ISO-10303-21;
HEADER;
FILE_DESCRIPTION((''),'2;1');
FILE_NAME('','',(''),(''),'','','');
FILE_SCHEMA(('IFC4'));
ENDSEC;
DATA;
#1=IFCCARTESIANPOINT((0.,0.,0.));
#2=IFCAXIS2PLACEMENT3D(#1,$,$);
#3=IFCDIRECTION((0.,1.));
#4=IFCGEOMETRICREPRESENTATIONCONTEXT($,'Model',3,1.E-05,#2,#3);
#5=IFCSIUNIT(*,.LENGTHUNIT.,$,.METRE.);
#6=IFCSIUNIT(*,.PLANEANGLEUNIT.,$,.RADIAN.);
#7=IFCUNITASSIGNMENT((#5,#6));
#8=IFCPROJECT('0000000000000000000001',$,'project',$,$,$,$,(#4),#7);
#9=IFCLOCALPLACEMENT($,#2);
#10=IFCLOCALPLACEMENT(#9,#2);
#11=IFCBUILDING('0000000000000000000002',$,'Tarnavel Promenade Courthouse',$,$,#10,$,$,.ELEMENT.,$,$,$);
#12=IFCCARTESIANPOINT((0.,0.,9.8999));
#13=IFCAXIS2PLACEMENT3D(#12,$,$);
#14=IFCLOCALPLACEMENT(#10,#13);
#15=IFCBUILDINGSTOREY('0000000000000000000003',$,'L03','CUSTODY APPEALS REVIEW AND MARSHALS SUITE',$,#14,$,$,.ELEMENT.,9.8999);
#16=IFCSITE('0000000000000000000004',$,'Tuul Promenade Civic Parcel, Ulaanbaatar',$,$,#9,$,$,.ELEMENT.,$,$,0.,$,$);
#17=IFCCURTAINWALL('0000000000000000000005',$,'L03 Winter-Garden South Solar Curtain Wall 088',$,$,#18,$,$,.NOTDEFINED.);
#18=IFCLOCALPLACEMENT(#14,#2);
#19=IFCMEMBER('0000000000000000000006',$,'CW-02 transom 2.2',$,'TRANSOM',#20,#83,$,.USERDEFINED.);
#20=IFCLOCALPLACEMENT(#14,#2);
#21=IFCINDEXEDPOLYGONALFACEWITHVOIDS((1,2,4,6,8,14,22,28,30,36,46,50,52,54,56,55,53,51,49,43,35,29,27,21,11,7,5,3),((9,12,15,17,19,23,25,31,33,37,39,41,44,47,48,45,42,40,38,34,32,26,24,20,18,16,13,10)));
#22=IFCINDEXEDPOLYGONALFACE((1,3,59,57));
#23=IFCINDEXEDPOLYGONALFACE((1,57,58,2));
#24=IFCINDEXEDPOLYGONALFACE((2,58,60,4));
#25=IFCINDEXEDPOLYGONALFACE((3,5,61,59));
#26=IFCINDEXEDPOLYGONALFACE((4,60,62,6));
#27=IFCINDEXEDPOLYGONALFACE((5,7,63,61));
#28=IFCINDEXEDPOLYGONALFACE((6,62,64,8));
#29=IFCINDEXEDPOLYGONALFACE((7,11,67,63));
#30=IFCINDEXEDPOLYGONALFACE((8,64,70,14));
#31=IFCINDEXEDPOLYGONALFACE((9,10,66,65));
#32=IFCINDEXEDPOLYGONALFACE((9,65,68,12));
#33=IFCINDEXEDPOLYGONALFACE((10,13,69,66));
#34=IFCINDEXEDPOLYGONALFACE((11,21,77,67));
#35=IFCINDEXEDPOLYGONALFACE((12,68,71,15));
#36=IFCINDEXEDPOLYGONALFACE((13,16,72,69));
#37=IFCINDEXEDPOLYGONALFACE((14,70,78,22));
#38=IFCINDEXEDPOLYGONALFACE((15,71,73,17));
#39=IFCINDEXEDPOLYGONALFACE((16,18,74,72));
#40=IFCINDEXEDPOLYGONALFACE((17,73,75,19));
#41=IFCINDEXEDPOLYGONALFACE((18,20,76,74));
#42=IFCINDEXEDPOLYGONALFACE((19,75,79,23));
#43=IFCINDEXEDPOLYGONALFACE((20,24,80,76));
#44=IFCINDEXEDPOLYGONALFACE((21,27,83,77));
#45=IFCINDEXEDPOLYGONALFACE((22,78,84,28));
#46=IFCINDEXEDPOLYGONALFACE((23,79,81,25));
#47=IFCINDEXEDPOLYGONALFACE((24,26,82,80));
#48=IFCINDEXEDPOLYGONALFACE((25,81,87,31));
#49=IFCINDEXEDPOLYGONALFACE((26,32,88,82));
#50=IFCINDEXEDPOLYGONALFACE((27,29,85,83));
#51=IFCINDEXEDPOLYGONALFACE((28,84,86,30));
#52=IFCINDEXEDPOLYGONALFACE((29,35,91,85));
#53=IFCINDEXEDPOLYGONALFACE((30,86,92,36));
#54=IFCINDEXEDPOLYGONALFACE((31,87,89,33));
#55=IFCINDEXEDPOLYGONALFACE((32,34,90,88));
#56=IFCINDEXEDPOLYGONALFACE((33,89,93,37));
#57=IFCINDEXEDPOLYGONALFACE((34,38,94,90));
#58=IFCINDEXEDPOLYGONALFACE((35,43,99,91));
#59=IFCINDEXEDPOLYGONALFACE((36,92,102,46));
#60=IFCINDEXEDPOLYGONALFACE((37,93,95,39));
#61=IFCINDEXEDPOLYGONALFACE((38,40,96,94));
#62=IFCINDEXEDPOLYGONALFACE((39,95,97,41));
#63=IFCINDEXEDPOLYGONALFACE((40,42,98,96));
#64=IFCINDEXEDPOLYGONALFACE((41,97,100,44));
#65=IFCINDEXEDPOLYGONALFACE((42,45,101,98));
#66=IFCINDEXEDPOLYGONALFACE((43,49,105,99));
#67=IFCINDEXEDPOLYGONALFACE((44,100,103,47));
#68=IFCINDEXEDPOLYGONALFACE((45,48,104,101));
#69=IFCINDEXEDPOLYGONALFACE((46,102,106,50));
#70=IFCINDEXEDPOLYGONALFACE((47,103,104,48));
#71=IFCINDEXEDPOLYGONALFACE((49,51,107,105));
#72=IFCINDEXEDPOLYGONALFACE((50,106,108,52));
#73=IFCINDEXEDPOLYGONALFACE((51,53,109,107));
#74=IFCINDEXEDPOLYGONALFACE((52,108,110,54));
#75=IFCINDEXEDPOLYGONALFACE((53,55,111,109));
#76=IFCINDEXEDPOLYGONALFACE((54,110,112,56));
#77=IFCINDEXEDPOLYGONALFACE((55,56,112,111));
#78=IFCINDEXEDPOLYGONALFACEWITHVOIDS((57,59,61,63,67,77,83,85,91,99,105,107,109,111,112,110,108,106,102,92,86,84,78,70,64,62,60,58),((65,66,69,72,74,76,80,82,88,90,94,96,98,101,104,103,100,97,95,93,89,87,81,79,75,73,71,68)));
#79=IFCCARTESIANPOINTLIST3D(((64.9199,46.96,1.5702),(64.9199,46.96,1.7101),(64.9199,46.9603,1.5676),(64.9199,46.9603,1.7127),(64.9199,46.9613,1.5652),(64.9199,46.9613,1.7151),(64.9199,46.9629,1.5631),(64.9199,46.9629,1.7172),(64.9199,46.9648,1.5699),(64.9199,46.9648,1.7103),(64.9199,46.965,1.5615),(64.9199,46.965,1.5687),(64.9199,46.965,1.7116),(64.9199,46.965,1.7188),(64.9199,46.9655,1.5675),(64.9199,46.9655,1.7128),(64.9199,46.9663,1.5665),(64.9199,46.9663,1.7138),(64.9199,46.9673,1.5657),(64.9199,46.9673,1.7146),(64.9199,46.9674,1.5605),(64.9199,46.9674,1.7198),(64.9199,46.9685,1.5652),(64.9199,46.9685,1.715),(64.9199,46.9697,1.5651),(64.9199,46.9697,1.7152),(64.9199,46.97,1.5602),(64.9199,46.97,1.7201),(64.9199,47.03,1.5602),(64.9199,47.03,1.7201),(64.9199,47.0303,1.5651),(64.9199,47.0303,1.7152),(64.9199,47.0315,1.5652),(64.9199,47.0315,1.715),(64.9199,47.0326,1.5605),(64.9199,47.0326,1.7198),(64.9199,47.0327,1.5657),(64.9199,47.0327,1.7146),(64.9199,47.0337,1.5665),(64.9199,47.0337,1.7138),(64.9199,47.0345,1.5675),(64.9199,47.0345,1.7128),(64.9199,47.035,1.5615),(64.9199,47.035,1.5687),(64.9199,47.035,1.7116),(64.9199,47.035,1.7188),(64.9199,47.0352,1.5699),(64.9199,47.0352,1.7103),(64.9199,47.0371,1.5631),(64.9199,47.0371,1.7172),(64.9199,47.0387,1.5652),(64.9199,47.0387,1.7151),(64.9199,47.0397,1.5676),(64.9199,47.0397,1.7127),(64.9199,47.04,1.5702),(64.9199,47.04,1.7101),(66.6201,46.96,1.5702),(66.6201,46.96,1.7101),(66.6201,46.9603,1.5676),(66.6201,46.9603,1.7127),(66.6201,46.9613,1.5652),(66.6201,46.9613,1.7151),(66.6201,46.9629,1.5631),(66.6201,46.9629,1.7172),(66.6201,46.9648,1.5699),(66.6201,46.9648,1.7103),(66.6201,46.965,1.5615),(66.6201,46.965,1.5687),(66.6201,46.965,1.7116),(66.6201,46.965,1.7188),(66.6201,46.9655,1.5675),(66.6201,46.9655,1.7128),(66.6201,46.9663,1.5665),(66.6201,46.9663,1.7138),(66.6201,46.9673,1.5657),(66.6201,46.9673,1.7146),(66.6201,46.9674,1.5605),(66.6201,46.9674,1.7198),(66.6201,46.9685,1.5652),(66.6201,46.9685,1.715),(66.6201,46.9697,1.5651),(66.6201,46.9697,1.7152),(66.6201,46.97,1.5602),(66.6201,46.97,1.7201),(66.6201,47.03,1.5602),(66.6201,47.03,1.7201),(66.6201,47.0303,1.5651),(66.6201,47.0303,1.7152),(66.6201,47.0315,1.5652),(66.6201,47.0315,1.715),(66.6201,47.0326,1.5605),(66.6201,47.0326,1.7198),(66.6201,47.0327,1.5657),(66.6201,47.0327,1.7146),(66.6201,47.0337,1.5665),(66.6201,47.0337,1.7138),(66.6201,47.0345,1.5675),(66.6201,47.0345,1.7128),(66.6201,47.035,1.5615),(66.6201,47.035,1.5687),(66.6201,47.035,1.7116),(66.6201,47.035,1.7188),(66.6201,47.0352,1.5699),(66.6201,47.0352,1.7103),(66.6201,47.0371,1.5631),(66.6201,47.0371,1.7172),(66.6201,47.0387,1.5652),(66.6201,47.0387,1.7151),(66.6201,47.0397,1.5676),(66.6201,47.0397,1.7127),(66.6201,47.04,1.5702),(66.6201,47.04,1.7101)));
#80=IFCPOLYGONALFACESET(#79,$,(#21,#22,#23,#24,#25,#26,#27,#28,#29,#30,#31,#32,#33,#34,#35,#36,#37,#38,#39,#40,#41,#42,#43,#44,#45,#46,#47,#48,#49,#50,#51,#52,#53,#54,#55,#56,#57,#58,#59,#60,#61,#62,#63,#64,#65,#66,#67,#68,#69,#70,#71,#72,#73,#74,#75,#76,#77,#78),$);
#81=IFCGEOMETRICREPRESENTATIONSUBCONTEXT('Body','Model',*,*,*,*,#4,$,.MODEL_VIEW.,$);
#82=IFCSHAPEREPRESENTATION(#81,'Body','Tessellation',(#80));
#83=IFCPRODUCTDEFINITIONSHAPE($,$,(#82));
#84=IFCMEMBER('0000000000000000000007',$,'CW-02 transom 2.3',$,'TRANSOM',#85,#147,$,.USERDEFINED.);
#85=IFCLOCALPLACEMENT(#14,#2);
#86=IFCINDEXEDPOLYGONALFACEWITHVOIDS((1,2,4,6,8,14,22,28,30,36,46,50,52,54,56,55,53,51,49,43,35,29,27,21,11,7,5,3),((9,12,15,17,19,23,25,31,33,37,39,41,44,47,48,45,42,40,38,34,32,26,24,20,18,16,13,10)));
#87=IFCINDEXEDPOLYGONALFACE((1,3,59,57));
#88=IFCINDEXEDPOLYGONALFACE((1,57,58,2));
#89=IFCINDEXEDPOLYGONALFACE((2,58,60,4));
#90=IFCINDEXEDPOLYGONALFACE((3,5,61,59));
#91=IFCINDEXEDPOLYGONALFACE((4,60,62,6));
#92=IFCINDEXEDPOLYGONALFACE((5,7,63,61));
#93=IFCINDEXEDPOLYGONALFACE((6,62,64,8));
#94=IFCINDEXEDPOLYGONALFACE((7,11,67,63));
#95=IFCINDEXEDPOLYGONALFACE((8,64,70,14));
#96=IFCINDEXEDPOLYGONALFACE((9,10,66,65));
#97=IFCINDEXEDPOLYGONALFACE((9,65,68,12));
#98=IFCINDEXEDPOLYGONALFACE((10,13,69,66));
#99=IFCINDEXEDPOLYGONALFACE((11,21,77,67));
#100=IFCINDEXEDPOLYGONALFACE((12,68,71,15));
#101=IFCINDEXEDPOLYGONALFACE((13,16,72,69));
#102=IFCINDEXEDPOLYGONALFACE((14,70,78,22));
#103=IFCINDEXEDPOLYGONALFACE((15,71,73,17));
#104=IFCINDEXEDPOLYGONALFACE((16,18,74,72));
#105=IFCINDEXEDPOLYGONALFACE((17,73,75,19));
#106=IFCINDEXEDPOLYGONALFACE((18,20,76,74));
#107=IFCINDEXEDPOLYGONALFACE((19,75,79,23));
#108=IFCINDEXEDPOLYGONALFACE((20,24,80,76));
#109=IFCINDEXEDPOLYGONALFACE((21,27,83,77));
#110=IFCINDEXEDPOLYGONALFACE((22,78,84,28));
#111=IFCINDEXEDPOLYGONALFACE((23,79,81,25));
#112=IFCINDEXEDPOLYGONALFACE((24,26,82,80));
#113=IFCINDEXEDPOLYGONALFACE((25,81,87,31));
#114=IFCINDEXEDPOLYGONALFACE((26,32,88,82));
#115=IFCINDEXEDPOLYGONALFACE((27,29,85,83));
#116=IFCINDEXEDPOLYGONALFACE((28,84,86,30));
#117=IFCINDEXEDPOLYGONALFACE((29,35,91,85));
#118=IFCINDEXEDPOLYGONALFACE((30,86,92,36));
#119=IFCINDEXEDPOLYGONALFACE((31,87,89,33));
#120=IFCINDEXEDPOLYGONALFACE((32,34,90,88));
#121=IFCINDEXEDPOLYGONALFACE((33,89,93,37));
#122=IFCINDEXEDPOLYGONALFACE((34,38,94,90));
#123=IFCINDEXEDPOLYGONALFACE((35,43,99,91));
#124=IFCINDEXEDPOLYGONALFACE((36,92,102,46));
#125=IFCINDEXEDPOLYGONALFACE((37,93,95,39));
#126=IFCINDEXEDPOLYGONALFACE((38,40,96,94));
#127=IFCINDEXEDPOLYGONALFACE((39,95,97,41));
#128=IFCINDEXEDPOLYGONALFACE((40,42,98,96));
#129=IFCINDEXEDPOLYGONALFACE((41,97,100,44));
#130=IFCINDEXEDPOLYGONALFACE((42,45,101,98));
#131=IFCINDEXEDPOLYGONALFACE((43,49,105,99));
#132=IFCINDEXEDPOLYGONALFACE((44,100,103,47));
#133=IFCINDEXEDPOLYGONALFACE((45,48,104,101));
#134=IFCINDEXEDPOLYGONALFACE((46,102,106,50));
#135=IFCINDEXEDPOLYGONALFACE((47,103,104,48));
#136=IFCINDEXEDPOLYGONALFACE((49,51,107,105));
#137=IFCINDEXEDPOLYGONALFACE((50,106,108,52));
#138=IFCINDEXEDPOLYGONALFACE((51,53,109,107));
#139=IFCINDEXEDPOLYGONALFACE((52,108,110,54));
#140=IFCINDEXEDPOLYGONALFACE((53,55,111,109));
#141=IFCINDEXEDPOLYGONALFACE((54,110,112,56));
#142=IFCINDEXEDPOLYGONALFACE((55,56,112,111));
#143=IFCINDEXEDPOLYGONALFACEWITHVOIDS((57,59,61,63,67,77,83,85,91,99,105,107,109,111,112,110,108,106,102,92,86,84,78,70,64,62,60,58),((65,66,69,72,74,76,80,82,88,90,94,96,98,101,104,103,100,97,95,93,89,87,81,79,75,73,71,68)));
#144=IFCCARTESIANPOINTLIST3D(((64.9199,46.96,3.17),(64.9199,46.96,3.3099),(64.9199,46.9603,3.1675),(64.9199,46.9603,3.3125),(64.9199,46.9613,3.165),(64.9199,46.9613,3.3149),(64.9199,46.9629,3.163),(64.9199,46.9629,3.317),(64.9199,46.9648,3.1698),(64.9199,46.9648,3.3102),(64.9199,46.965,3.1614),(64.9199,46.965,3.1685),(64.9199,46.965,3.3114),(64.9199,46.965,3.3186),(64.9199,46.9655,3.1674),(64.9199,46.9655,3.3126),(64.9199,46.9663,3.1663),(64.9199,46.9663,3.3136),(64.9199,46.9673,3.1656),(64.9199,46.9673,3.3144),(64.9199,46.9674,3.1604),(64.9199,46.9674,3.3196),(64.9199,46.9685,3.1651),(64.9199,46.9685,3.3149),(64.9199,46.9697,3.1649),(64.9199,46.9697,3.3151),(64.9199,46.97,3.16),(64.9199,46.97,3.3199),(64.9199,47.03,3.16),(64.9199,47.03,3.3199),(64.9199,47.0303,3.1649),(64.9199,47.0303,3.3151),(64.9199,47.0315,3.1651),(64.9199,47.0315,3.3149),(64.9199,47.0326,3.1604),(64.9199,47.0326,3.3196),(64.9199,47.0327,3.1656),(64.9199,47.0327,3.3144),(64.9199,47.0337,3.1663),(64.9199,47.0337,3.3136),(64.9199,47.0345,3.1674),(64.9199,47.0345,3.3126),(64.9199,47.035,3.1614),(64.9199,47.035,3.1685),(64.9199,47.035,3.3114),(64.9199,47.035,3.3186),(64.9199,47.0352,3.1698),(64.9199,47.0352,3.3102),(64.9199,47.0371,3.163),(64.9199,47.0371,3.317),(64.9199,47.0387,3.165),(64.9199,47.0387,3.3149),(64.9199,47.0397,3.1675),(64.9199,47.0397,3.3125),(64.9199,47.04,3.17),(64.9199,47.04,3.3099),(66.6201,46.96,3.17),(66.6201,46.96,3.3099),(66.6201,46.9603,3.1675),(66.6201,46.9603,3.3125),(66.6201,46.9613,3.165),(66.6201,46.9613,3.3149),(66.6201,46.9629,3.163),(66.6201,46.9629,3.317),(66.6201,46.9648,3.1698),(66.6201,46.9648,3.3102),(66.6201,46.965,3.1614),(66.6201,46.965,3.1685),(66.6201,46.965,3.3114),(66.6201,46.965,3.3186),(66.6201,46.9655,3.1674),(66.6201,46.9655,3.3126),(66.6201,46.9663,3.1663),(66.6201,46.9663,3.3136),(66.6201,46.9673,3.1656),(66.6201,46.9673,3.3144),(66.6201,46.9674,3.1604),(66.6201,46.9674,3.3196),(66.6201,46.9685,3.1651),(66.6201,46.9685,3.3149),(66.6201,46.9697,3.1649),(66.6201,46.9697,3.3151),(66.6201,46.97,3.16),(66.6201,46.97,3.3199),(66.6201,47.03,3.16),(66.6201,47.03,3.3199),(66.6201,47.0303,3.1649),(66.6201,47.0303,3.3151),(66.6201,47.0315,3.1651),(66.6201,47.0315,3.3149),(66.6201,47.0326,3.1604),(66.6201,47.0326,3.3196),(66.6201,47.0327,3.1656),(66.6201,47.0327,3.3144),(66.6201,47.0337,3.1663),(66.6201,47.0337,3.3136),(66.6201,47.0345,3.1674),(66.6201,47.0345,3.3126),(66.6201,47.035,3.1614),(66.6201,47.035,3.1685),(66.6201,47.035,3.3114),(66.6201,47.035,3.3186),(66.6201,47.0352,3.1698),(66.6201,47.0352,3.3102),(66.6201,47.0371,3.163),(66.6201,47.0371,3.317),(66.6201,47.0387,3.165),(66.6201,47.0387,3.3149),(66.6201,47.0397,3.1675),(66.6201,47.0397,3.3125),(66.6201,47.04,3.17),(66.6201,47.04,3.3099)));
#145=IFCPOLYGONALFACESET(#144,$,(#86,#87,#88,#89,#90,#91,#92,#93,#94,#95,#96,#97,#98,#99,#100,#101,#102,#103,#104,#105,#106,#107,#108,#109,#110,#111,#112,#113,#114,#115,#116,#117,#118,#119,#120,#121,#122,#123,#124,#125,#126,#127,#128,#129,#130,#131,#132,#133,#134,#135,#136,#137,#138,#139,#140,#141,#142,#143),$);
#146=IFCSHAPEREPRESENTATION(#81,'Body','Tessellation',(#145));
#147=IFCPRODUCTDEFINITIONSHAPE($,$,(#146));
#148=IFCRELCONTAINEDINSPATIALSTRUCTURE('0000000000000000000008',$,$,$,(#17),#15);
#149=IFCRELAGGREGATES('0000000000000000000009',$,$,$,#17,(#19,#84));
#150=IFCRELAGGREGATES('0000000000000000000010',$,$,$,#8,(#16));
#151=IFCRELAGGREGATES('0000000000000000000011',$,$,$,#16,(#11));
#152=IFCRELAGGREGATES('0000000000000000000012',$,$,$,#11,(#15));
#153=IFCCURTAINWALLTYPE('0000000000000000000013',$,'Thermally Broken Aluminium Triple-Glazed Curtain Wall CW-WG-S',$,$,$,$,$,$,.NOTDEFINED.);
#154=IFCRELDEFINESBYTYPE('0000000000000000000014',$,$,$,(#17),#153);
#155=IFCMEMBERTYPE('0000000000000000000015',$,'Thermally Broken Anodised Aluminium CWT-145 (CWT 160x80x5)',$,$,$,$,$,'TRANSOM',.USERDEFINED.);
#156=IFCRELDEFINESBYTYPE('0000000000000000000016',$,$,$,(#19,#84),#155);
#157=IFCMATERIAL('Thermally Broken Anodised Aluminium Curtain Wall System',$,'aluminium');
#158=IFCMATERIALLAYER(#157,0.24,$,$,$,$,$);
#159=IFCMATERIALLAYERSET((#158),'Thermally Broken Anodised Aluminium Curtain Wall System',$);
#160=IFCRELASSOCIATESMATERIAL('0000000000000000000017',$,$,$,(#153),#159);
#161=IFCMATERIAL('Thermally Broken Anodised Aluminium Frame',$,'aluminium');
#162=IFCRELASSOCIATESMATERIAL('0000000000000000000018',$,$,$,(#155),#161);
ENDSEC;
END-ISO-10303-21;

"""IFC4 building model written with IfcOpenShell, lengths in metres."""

from ifc_helpers import new_model, si_unit, direction, frame, origin, origin_2d, place, context, subcontext, project, spatial, hollow_rectangle, extrude, material, layer, layer_set, material_profile, profile_set, type_object, element, aggregate, save


model = new_model("IFC4")

# Units and contexts
model_context = context("Model", 3, precision=1e-05, world=origin(), true_north=direction((0.0, 1.0)))
body_context = subcontext(model_context, "Body", "Model", "MODEL_VIEW")
ifc_project = project(units=[si_unit("LENGTHUNIT", "METRE"), si_unit("PLANEANGLEUNIT", "RADIAN")], contexts=[model_context])

# Site, building, storey
site_placement = place(None, origin())
site = spatial("IfcSite", under=ifc_project, at=site_placement, Name="Tuul Promenade Civic Parcel, Ulaanbaatar", CompositionType="ELEMENT", RefElevation=0.0)
building_placement = place(site_placement, origin())
building = spatial("IfcBuilding", under=site, at=building_placement, Name="Tarnavel Promenade Courthouse", CompositionType="ELEMENT")
storey_placement = place(building_placement, frame((0.0, 0.0, 9.8999)))
storey = spatial("IfcBuildingStorey", under=building, at=storey_placement, Name="L03", Description="CUSTODY APPEALS REVIEW AND MARSHALS SUITE", CompositionType="ELEMENT", Elevation=9.8999)

# Curtain wall
ifc_material_1 = material(Name="Thermally Broken Anodised Aluminium Curtain Wall System", Category="aluminium")
ifc_layer_1 = layer(ifc_material_1, 0.24)
ifc_layer_set_1 = layer_set([ifc_layer_1], Name="Thermally Broken Anodised Aluminium Curtain Wall System")
curtain_wall_type = type_object("IfcCurtainWallType", Name="Thermally Broken Aluminium Triple-Glazed Curtain Wall CW-WG-S", PredefinedType="NOTDEFINED", material=ifc_layer_set_1)
curtain_wall_1_placement = place(storey_placement, origin())
curtain_wall_1 = element("IfcCurtainWall", 1, at=curtain_wall_1_placement, inside=storey, type_object=curtain_wall_type, Name="L03 Winter-Garden South Solar Curtain Wall 088", PredefinedType="NOTDEFINED")
ifc_material_2 = material(Name="Thermally Broken Anodised Aluminium Frame", Category="aluminium")

# Members
ifc_material_profile_1 = material_profile(ifc_material_2, hollow_rectangle(XDim=0.0801, YDim=0.1599, WallThickness=0.0049, InnerFilletRadius=0.0049, OuterFilletRadius=0.01, at=origin_2d()), Name="CWT 160x80x5")
ifc_profile_set_1 = profile_set([ifc_material_profile_1], Name="Thermally Broken Anodised Aluminium Frame")
member_type_1 = type_object("IfcMemberType", Name="Thermally Broken Anodised Aluminium CWT-145 (CWT 160x80x5)", ElementType="TRANSOM", PredefinedType="USERDEFINED", material=ifc_profile_set_1)
member_1_placement = place(storey_placement, frame((64.9199, 47.0, 1.6401), z_axis=(1.0, 0.0, 0.0), x_axis=(0.0, 1.0, 0.0)))
member_1 = element("IfcMember", 2, at=member_1_placement, type_object=member_type_1, Name="CW-02 transom 2.2", ObjectType="TRANSOM", PredefinedType="USERDEFINED", context=body_context, shape_type="SweptSolid", body=[
    extrude(hollow_rectangle(XDim=0.0801, YDim=0.1599, WallThickness=0.0049, InnerFilletRadius=0.0049, OuterFilletRadius=0.01, at=origin_2d()), origin(), (0.0, 0.0, 1.0), 1.7002),
])
member_2_placement = place(storey_placement, frame((64.9199, 47.0, 3.24), z_axis=(1.0, 0.0, 0.0), x_axis=(0.0, 1.0, 0.0)))
member_2 = element("IfcMember", 3, at=member_2_placement, type_object=member_type_1, Name="CW-02 transom 2.3", ObjectType="TRANSOM", PredefinedType="USERDEFINED", context=body_context, shape_type="SweptSolid", body=[
    extrude(hollow_rectangle(XDim=0.0801, YDim=0.1599, WallThickness=0.0049, InnerFilletRadius=0.0049, OuterFilletRadius=0.01, at=origin_2d()), origin(), (0.0, 0.0, 1.0), 1.7002),
])

aggregate(curtain_wall_1, [member_1, member_2])

save(model, "model.ifc")
